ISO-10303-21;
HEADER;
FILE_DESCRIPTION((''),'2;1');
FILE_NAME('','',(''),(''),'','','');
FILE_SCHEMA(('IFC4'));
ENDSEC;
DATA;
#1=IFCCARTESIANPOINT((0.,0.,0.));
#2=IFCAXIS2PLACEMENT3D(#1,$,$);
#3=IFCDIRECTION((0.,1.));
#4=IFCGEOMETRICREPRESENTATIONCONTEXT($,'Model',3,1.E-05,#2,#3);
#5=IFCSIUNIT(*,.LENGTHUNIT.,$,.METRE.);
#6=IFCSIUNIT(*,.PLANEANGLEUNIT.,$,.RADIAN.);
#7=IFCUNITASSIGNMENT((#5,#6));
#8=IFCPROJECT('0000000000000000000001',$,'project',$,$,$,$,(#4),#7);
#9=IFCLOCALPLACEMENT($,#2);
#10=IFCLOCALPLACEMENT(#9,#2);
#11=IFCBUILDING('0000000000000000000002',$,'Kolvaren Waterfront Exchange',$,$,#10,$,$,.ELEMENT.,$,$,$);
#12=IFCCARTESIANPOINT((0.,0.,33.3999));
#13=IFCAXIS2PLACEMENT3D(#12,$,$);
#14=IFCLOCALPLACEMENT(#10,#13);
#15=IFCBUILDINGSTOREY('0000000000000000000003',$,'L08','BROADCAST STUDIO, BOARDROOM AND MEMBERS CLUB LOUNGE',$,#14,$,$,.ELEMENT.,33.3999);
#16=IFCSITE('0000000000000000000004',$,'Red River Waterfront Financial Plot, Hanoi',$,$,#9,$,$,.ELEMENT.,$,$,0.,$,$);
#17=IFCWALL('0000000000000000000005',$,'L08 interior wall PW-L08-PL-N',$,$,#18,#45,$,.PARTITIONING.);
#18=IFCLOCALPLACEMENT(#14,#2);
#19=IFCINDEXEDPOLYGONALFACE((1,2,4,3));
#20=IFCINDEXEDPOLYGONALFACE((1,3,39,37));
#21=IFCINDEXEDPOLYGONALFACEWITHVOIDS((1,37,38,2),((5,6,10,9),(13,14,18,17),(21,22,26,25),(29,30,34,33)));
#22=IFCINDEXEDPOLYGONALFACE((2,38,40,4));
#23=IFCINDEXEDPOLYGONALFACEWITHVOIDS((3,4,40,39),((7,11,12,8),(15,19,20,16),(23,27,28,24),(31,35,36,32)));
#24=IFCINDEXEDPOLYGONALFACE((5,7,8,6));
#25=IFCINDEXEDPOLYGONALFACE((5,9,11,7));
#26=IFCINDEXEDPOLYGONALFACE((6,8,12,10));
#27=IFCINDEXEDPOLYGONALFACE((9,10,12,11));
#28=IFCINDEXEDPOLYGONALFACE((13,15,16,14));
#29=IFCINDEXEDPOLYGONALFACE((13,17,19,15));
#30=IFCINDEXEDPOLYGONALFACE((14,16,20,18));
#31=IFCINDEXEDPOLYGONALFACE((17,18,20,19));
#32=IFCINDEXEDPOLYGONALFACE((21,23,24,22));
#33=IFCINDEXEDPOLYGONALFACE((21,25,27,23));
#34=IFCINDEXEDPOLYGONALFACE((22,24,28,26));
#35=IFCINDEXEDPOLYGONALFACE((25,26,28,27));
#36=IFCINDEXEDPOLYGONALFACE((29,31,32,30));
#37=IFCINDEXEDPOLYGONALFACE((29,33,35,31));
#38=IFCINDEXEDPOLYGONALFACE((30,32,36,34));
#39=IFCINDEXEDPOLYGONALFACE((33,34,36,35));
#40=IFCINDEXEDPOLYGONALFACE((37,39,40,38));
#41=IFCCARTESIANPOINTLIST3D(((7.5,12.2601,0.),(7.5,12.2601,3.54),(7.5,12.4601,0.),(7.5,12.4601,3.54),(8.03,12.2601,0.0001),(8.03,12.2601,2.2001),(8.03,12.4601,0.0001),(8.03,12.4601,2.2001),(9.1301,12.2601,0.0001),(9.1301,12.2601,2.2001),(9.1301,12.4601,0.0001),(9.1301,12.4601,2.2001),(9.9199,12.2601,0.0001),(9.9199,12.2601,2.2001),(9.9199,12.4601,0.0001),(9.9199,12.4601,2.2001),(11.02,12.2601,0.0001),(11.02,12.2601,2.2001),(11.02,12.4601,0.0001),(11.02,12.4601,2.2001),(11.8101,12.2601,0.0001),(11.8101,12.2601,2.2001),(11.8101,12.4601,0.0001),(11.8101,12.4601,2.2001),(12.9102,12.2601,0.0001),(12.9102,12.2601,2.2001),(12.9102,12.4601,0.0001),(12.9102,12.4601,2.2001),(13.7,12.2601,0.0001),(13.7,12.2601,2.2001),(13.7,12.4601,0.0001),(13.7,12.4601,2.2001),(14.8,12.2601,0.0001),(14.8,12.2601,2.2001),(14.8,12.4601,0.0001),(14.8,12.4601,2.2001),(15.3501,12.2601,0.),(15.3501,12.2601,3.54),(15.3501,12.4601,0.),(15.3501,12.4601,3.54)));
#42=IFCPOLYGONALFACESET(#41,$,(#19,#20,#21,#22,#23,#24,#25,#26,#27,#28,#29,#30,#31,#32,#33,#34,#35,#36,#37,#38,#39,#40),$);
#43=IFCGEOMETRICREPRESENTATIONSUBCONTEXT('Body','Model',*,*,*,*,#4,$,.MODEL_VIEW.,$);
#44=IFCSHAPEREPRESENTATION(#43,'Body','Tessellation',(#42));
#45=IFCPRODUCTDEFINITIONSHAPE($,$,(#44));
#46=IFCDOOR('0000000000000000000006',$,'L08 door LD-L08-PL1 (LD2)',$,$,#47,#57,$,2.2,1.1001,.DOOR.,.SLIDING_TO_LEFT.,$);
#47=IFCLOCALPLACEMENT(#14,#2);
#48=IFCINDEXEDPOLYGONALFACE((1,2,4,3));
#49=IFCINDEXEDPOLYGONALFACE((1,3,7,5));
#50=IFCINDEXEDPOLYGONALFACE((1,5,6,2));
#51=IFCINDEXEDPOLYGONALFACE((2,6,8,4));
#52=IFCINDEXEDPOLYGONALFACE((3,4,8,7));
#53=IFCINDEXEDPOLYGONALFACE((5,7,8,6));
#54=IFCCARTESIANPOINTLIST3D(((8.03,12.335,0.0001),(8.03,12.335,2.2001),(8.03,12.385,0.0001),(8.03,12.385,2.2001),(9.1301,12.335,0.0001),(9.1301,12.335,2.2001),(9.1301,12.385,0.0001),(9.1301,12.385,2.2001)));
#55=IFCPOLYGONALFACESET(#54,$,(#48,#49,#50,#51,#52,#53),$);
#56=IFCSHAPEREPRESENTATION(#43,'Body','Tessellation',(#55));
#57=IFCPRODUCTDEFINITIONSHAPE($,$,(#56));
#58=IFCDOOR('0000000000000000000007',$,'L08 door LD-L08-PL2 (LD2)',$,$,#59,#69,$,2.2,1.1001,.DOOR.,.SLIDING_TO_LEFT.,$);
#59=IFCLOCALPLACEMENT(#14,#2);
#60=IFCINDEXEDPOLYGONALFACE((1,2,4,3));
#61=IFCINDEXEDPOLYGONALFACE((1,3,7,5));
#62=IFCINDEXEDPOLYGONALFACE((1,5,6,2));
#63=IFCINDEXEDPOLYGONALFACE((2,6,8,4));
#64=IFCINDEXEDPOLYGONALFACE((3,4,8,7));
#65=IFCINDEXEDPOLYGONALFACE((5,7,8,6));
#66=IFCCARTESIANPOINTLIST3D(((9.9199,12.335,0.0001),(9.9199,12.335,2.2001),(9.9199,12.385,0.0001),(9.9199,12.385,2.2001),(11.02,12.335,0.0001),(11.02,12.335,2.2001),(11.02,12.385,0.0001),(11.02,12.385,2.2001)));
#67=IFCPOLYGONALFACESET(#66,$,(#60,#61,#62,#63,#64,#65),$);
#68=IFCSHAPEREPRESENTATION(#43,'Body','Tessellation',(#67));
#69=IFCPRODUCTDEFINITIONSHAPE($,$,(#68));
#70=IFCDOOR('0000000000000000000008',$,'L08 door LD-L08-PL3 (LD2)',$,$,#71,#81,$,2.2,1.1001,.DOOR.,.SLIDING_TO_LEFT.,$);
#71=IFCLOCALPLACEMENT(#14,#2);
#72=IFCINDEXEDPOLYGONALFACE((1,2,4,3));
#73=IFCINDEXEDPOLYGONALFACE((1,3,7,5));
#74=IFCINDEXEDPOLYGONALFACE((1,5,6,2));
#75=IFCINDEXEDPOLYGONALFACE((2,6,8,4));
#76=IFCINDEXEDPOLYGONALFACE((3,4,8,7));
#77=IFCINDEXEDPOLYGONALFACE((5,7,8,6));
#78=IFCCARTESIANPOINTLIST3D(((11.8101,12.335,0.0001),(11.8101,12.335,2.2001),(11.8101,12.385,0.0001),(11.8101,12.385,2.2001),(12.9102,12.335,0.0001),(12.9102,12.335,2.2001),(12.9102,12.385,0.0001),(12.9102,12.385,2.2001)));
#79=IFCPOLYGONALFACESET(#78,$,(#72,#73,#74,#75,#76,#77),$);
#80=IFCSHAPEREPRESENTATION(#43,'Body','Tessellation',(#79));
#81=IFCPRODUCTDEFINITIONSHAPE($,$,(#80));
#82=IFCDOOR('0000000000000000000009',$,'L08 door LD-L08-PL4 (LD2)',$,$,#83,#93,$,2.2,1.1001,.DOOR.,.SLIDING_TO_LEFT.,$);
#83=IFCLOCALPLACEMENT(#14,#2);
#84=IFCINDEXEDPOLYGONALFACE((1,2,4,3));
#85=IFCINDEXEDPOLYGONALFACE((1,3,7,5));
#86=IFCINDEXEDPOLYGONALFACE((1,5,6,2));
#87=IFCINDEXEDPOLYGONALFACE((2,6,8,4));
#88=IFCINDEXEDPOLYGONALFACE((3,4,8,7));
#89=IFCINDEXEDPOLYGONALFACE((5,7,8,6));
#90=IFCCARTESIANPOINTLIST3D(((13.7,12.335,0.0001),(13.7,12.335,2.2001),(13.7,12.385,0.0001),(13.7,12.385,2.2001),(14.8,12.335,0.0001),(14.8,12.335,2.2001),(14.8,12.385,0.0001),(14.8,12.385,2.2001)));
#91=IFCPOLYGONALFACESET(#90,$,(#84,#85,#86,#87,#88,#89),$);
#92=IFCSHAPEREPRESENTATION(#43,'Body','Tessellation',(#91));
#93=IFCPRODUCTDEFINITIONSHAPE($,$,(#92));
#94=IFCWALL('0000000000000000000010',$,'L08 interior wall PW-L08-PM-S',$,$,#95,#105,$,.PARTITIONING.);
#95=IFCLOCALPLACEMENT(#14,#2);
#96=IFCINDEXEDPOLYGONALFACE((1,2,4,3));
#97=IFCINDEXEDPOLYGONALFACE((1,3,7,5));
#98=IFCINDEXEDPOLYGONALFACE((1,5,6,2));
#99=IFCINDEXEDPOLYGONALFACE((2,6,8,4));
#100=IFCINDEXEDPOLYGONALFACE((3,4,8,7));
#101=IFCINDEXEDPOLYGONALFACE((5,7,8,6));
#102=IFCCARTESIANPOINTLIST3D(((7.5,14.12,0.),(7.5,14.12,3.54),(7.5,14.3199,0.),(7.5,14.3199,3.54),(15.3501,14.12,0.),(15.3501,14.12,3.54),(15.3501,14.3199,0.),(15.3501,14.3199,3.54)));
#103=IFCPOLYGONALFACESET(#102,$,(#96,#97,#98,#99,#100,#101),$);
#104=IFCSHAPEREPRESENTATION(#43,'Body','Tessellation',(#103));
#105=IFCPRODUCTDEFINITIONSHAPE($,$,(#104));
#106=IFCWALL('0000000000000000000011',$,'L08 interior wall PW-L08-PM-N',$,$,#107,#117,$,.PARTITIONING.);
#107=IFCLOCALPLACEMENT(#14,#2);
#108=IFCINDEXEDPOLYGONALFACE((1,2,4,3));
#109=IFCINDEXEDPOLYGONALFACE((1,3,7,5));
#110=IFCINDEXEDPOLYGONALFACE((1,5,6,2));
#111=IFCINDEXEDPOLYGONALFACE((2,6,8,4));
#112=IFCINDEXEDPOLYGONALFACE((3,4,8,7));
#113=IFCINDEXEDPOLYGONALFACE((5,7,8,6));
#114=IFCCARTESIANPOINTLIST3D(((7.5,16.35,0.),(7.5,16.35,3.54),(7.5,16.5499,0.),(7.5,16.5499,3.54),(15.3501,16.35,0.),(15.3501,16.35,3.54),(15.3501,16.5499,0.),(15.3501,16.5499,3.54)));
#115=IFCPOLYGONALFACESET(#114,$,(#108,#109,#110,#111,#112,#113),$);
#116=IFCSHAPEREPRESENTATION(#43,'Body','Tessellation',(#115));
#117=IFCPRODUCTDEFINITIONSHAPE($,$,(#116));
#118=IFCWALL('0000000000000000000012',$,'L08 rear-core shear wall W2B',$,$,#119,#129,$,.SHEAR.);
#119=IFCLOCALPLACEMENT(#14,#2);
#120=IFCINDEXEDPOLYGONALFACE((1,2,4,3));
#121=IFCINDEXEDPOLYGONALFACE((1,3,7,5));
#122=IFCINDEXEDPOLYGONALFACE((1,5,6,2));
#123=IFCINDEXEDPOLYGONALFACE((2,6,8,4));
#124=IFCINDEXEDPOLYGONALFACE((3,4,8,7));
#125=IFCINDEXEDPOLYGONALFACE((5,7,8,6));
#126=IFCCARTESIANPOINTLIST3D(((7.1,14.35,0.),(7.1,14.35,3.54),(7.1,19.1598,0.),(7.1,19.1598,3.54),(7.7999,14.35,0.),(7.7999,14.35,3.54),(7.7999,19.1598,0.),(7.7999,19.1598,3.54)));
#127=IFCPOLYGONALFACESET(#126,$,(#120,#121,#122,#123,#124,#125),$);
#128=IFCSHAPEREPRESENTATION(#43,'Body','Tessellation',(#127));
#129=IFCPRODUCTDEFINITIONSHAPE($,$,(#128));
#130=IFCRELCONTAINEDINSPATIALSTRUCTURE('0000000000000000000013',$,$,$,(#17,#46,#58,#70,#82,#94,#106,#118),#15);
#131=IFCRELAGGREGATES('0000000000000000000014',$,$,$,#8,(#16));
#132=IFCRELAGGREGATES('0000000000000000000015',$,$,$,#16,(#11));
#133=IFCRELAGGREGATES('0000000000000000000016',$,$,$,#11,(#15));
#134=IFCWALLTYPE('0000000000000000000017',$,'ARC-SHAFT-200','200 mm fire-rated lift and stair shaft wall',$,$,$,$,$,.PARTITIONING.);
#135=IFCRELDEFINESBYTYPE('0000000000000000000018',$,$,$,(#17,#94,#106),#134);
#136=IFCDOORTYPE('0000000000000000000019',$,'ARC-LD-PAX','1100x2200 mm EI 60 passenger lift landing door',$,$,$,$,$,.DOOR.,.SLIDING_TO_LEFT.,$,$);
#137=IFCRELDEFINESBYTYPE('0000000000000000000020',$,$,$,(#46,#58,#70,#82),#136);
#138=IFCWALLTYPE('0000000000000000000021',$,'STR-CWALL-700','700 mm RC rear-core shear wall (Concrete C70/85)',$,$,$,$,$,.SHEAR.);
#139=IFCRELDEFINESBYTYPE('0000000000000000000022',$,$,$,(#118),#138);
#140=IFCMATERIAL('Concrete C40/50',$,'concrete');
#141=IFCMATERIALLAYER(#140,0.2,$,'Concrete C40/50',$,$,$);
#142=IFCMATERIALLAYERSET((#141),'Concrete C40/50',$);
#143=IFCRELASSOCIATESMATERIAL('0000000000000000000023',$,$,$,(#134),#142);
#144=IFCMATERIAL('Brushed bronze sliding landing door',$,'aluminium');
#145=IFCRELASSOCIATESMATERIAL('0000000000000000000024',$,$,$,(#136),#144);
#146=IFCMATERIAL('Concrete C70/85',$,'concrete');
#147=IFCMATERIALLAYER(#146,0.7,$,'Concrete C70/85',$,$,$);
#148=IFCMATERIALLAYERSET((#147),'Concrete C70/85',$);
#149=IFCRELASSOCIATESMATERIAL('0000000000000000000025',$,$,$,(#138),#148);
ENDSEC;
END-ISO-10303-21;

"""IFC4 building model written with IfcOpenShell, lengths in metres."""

from ifc_helpers import new_model, si_unit, direction, frame, frame_2d, origin, place, context, subcontext, project, spatial, rectangle, extrude, material, layer, layer_set, type_object, element, fill, save


model = new_model("IFC4")

# Units and contexts
model_context = context("Model", 3, precision=1e-05, world=origin(), true_north=direction((0.0, 1.0)))
body_context = subcontext(model_context, "Body", "Model", "MODEL_VIEW")
ifc_project = project(units=[si_unit("LENGTHUNIT", "METRE"), si_unit("PLANEANGLEUNIT", "RADIAN")], contexts=[model_context])

# Site, building, storey
site_placement = place(None, origin())
site = spatial("IfcSite", under=ifc_project, at=site_placement, Name="Red River Waterfront Financial Plot, Hanoi", CompositionType="ELEMENT", RefElevation=0.0)
building_placement = place(site_placement, origin())
building = spatial("IfcBuilding", under=site, at=building_placement, Name="Kolvaren Waterfront Exchange", CompositionType="ELEMENT")
storey_placement = place(building_placement, frame((0.0, 0.0, 33.3999)))
storey = spatial("IfcBuildingStorey", under=building, at=storey_placement, Name="L08", Description="BROADCAST STUDIO, BOARDROOM AND MEMBERS CLUB LOUNGE", CompositionType="ELEMENT", Elevation=33.3999)

# Wall, openings, doors
ifc_material_1 = material(Name="Concrete C40/50", Category="concrete")
ifc_layer_1 = layer(ifc_material_1, 0.2, Name="Concrete C40/50")
ifc_layer_set_1 = layer_set([ifc_layer_1], Name="Concrete C40/50")
wall_type_1 = type_object("IfcWallType", Name="ARC-SHAFT-200", Description="200 mm fire-rated lift and stair shaft wall", PredefinedType="PARTITIONING", material=ifc_layer_set_1)
wall_1_placement = place(storey_placement, frame((7.5, 12.3601, 0.0), z_axis=(0.0, 0.0, 1.0), x_axis=(1.0, 0.0, 0.0)))
wall_1 = element("IfcWall", 1, at=wall_1_placement, inside=storey, type_object=wall_type_1, Name="L08 interior wall PW-L08-PL-N", PredefinedType="PARTITIONING", context=body_context, shape_type="SweptSolid", body=[
    extrude(rectangle(XDim=7.8501, YDim=0.2, at=frame_2d((3.925, 0.0))), origin(), (0.0, 0.0, 1.0), 3.54),
])
opening_1_placement = place(wall_1_placement, frame((0.53, 0.0, 0.0)))
opening_1 = element("IfcOpeningElement", 2, at=opening_1_placement, cuts=wall_1, PredefinedType="OPENING", context=body_context, shape_type="SweptSolid", body=[
    extrude(rectangle(XDim=1.1001, YDim=2.2, at=frame_2d((0.55, 1.1001))), frame((0.0, 0.1099, 0.0), z_axis=(0.0, -1.0, 0.0), x_axis=(1.0, 0.0, 0.0)), (0.0, 0.0, 1.0), 0.22),
])
opening_2_placement = place(wall_1_placement, frame((2.4199, 0.0, 0.0)))
opening_2 = element("IfcOpeningElement", 3, at=opening_2_placement, cuts=wall_1, PredefinedType="OPENING", context=body_context, shape_type="SweptSolid", body=[
    extrude(rectangle(XDim=1.1001, YDim=2.2, at=frame_2d((0.55, 1.1001))), frame((0.0, 0.1099, 0.0), z_axis=(0.0, -1.0, 0.0), x_axis=(1.0, 0.0, 0.0)), (0.0, 0.0, 1.0), 0.22),
])
opening_3_placement = place(wall_1_placement, frame((4.3101, 0.0, 0.0)))
opening_3 = element("IfcOpeningElement", 4, at=opening_3_placement, cuts=wall_1, PredefinedType="OPENING", context=body_context, shape_type="SweptSolid", body=[
    extrude(rectangle(XDim=1.1001, YDim=2.2, at=frame_2d((0.55, 1.1001))), frame((0.0, 0.1099, 0.0), z_axis=(0.0, -1.0, 0.0), x_axis=(1.0, 0.0, 0.0)), (0.0, 0.0, 1.0), 0.22),
])
opening_4_placement = place(wall_1_placement, frame((6.2, 0.0, 0.0)))
opening_4 = element("IfcOpeningElement", 5, at=opening_4_placement, cuts=wall_1, PredefinedType="OPENING", context=body_context, shape_type="SweptSolid", body=[
    extrude(rectangle(XDim=1.1001, YDim=2.2, at=frame_2d((0.55, 1.1001))), frame((0.0, 0.1099, 0.0), z_axis=(0.0, -1.0, 0.0), x_axis=(1.0, 0.0, 0.0)), (0.0, 0.0, 1.0), 0.22),
])
ifc_material_2 = material(Name="Brushed bronze sliding landing door", Category="aluminium")
door_type = type_object("IfcDoorType", Name="ARC-LD-PAX", Description="1100x2200 mm EI 60 passenger lift landing door", OperationType="SLIDING_TO_LEFT", PredefinedType="DOOR", material=ifc_material_2)
door_1_placement = place(opening_1_placement, origin())
door_1 = element("IfcDoor", 6, at=door_1_placement, inside=storey, type_object=door_type, Name="L08 door LD-L08-PL1 (LD2)", OperationType="SLIDING_TO_LEFT", OverallHeight=2.2, OverallWidth=1.1001, PredefinedType="DOOR", context=body_context, shape_type="SweptSolid", body=[
    extrude(rectangle(XDim=1.1001, YDim=2.2, at=frame_2d((0.55, 1.1001))), frame((0.0, 0.0249, 0.0), z_axis=(0.0, -1.0, 0.0), x_axis=(1.0, 0.0, 0.0)), (0.0, 0.0, 1.0), 0.05),
])
fill(opening_1, door_1)
door_2_placement = place(opening_2_placement, origin())
door_2 = element("IfcDoor", 7, at=door_2_placement, inside=storey, type_object=door_type, Name="L08 door LD-L08-PL2 (LD2)", OperationType="SLIDING_TO_LEFT", OverallHeight=2.2, OverallWidth=1.1001, PredefinedType="DOOR", context=body_context, shape_type="SweptSolid", body=[
    extrude(rectangle(XDim=1.1001, YDim=2.2, at=frame_2d((0.55, 1.1001))), frame((0.0, 0.0249, 0.0), z_axis=(0.0, -1.0, 0.0), x_axis=(1.0, 0.0, 0.0)), (0.0, 0.0, 1.0), 0.05),
])
fill(opening_2, door_2)
door_3_placement = place(opening_3_placement, origin())
door_3 = element("IfcDoor", 8, at=door_3_placement, inside=storey, type_object=door_type, Name="L08 door LD-L08-PL3 (LD2)", OperationType="SLIDING_TO_LEFT", OverallHeight=2.2, OverallWidth=1.1001, PredefinedType="DOOR", context=body_context, shape_type="SweptSolid", body=[
    extrude(rectangle(XDim=1.1001, YDim=2.2, at=frame_2d((0.55, 1.1001))), frame((0.0, 0.0249, 0.0), z_axis=(0.0, -1.0, 0.0), x_axis=(1.0, 0.0, 0.0)), (0.0, 0.0, 1.0), 0.05),
])
fill(opening_3, door_3)
door_4_placement = place(opening_4_placement, origin())
door_4 = element("IfcDoor", 9, at=door_4_placement, inside=storey, type_object=door_type, Name="L08 door LD-L08-PL4 (LD2)", OperationType="SLIDING_TO_LEFT", OverallHeight=2.2, OverallWidth=1.1001, PredefinedType="DOOR", context=body_context, shape_type="SweptSolid", body=[
    extrude(rectangle(XDim=1.1001, YDim=2.2, at=frame_2d((0.55, 1.1001))), frame((0.0, 0.0249, 0.0), z_axis=(0.0, -1.0, 0.0), x_axis=(1.0, 0.0, 0.0)), (0.0, 0.0, 1.0), 0.05),
])
fill(opening_4, door_4)

# Walls
for number, where, z_axis, x_axis, name in (
    (10, (7.5, 14.22, 0.0), (0.0, 0.0, 1.0), (1.0, 0.0, 0.0), "L08 interior wall PW-L08-PM-S"),
    (11, (7.5, 16.45, 0.0), (0.0, 0.0, 1.0), (1.0, 0.0, 0.0), "L08 interior wall PW-L08-PM-N"),
):
    element("IfcWall", number, at=place(storey_placement, frame(where, z_axis=z_axis, x_axis=x_axis)), inside=storey, type_object=wall_type_1, Name=name, PredefinedType="PARTITIONING", context=body_context, shape_type="SweptSolid", body=[
        extrude(rectangle(XDim=7.8501, YDim=0.2, at=frame_2d((3.925, 0.0))), origin(), (0.0, 0.0, 1.0), 3.54),
    ])
ifc_material_3 = material(Name="Concrete C70/85", Category="concrete")
ifc_layer_2 = layer(ifc_material_3, 0.7, Name="Concrete C70/85")
ifc_layer_set_2 = layer_set([ifc_layer_2], Name="Concrete C70/85")
wall_type_2 = type_object("IfcWallType", Name="STR-CWALL-700", Description="700 mm RC rear-core shear wall (Concrete C70/85)", PredefinedType="SHEAR", material=ifc_layer_set_2)
wall_2_placement = place(storey_placement, frame((7.45, 14.3501, 0.0), z_axis=(0.0, 0.0, 1.0), x_axis=(0.0, 1.0, 0.0)))
element("IfcWall", 12, at=wall_2_placement, inside=storey, type_object=wall_type_2, Name="L08 rear-core shear wall W2B", PredefinedType="SHEAR", context=body_context, shape_type="SweptSolid", body=[
    extrude(rectangle(XDim=4.8098, YDim=0.7, at=frame_2d((2.4048, 0.0))), origin(), (0.0, 0.0, 1.0), 3.54),
])

save(model, "model.ifc")
